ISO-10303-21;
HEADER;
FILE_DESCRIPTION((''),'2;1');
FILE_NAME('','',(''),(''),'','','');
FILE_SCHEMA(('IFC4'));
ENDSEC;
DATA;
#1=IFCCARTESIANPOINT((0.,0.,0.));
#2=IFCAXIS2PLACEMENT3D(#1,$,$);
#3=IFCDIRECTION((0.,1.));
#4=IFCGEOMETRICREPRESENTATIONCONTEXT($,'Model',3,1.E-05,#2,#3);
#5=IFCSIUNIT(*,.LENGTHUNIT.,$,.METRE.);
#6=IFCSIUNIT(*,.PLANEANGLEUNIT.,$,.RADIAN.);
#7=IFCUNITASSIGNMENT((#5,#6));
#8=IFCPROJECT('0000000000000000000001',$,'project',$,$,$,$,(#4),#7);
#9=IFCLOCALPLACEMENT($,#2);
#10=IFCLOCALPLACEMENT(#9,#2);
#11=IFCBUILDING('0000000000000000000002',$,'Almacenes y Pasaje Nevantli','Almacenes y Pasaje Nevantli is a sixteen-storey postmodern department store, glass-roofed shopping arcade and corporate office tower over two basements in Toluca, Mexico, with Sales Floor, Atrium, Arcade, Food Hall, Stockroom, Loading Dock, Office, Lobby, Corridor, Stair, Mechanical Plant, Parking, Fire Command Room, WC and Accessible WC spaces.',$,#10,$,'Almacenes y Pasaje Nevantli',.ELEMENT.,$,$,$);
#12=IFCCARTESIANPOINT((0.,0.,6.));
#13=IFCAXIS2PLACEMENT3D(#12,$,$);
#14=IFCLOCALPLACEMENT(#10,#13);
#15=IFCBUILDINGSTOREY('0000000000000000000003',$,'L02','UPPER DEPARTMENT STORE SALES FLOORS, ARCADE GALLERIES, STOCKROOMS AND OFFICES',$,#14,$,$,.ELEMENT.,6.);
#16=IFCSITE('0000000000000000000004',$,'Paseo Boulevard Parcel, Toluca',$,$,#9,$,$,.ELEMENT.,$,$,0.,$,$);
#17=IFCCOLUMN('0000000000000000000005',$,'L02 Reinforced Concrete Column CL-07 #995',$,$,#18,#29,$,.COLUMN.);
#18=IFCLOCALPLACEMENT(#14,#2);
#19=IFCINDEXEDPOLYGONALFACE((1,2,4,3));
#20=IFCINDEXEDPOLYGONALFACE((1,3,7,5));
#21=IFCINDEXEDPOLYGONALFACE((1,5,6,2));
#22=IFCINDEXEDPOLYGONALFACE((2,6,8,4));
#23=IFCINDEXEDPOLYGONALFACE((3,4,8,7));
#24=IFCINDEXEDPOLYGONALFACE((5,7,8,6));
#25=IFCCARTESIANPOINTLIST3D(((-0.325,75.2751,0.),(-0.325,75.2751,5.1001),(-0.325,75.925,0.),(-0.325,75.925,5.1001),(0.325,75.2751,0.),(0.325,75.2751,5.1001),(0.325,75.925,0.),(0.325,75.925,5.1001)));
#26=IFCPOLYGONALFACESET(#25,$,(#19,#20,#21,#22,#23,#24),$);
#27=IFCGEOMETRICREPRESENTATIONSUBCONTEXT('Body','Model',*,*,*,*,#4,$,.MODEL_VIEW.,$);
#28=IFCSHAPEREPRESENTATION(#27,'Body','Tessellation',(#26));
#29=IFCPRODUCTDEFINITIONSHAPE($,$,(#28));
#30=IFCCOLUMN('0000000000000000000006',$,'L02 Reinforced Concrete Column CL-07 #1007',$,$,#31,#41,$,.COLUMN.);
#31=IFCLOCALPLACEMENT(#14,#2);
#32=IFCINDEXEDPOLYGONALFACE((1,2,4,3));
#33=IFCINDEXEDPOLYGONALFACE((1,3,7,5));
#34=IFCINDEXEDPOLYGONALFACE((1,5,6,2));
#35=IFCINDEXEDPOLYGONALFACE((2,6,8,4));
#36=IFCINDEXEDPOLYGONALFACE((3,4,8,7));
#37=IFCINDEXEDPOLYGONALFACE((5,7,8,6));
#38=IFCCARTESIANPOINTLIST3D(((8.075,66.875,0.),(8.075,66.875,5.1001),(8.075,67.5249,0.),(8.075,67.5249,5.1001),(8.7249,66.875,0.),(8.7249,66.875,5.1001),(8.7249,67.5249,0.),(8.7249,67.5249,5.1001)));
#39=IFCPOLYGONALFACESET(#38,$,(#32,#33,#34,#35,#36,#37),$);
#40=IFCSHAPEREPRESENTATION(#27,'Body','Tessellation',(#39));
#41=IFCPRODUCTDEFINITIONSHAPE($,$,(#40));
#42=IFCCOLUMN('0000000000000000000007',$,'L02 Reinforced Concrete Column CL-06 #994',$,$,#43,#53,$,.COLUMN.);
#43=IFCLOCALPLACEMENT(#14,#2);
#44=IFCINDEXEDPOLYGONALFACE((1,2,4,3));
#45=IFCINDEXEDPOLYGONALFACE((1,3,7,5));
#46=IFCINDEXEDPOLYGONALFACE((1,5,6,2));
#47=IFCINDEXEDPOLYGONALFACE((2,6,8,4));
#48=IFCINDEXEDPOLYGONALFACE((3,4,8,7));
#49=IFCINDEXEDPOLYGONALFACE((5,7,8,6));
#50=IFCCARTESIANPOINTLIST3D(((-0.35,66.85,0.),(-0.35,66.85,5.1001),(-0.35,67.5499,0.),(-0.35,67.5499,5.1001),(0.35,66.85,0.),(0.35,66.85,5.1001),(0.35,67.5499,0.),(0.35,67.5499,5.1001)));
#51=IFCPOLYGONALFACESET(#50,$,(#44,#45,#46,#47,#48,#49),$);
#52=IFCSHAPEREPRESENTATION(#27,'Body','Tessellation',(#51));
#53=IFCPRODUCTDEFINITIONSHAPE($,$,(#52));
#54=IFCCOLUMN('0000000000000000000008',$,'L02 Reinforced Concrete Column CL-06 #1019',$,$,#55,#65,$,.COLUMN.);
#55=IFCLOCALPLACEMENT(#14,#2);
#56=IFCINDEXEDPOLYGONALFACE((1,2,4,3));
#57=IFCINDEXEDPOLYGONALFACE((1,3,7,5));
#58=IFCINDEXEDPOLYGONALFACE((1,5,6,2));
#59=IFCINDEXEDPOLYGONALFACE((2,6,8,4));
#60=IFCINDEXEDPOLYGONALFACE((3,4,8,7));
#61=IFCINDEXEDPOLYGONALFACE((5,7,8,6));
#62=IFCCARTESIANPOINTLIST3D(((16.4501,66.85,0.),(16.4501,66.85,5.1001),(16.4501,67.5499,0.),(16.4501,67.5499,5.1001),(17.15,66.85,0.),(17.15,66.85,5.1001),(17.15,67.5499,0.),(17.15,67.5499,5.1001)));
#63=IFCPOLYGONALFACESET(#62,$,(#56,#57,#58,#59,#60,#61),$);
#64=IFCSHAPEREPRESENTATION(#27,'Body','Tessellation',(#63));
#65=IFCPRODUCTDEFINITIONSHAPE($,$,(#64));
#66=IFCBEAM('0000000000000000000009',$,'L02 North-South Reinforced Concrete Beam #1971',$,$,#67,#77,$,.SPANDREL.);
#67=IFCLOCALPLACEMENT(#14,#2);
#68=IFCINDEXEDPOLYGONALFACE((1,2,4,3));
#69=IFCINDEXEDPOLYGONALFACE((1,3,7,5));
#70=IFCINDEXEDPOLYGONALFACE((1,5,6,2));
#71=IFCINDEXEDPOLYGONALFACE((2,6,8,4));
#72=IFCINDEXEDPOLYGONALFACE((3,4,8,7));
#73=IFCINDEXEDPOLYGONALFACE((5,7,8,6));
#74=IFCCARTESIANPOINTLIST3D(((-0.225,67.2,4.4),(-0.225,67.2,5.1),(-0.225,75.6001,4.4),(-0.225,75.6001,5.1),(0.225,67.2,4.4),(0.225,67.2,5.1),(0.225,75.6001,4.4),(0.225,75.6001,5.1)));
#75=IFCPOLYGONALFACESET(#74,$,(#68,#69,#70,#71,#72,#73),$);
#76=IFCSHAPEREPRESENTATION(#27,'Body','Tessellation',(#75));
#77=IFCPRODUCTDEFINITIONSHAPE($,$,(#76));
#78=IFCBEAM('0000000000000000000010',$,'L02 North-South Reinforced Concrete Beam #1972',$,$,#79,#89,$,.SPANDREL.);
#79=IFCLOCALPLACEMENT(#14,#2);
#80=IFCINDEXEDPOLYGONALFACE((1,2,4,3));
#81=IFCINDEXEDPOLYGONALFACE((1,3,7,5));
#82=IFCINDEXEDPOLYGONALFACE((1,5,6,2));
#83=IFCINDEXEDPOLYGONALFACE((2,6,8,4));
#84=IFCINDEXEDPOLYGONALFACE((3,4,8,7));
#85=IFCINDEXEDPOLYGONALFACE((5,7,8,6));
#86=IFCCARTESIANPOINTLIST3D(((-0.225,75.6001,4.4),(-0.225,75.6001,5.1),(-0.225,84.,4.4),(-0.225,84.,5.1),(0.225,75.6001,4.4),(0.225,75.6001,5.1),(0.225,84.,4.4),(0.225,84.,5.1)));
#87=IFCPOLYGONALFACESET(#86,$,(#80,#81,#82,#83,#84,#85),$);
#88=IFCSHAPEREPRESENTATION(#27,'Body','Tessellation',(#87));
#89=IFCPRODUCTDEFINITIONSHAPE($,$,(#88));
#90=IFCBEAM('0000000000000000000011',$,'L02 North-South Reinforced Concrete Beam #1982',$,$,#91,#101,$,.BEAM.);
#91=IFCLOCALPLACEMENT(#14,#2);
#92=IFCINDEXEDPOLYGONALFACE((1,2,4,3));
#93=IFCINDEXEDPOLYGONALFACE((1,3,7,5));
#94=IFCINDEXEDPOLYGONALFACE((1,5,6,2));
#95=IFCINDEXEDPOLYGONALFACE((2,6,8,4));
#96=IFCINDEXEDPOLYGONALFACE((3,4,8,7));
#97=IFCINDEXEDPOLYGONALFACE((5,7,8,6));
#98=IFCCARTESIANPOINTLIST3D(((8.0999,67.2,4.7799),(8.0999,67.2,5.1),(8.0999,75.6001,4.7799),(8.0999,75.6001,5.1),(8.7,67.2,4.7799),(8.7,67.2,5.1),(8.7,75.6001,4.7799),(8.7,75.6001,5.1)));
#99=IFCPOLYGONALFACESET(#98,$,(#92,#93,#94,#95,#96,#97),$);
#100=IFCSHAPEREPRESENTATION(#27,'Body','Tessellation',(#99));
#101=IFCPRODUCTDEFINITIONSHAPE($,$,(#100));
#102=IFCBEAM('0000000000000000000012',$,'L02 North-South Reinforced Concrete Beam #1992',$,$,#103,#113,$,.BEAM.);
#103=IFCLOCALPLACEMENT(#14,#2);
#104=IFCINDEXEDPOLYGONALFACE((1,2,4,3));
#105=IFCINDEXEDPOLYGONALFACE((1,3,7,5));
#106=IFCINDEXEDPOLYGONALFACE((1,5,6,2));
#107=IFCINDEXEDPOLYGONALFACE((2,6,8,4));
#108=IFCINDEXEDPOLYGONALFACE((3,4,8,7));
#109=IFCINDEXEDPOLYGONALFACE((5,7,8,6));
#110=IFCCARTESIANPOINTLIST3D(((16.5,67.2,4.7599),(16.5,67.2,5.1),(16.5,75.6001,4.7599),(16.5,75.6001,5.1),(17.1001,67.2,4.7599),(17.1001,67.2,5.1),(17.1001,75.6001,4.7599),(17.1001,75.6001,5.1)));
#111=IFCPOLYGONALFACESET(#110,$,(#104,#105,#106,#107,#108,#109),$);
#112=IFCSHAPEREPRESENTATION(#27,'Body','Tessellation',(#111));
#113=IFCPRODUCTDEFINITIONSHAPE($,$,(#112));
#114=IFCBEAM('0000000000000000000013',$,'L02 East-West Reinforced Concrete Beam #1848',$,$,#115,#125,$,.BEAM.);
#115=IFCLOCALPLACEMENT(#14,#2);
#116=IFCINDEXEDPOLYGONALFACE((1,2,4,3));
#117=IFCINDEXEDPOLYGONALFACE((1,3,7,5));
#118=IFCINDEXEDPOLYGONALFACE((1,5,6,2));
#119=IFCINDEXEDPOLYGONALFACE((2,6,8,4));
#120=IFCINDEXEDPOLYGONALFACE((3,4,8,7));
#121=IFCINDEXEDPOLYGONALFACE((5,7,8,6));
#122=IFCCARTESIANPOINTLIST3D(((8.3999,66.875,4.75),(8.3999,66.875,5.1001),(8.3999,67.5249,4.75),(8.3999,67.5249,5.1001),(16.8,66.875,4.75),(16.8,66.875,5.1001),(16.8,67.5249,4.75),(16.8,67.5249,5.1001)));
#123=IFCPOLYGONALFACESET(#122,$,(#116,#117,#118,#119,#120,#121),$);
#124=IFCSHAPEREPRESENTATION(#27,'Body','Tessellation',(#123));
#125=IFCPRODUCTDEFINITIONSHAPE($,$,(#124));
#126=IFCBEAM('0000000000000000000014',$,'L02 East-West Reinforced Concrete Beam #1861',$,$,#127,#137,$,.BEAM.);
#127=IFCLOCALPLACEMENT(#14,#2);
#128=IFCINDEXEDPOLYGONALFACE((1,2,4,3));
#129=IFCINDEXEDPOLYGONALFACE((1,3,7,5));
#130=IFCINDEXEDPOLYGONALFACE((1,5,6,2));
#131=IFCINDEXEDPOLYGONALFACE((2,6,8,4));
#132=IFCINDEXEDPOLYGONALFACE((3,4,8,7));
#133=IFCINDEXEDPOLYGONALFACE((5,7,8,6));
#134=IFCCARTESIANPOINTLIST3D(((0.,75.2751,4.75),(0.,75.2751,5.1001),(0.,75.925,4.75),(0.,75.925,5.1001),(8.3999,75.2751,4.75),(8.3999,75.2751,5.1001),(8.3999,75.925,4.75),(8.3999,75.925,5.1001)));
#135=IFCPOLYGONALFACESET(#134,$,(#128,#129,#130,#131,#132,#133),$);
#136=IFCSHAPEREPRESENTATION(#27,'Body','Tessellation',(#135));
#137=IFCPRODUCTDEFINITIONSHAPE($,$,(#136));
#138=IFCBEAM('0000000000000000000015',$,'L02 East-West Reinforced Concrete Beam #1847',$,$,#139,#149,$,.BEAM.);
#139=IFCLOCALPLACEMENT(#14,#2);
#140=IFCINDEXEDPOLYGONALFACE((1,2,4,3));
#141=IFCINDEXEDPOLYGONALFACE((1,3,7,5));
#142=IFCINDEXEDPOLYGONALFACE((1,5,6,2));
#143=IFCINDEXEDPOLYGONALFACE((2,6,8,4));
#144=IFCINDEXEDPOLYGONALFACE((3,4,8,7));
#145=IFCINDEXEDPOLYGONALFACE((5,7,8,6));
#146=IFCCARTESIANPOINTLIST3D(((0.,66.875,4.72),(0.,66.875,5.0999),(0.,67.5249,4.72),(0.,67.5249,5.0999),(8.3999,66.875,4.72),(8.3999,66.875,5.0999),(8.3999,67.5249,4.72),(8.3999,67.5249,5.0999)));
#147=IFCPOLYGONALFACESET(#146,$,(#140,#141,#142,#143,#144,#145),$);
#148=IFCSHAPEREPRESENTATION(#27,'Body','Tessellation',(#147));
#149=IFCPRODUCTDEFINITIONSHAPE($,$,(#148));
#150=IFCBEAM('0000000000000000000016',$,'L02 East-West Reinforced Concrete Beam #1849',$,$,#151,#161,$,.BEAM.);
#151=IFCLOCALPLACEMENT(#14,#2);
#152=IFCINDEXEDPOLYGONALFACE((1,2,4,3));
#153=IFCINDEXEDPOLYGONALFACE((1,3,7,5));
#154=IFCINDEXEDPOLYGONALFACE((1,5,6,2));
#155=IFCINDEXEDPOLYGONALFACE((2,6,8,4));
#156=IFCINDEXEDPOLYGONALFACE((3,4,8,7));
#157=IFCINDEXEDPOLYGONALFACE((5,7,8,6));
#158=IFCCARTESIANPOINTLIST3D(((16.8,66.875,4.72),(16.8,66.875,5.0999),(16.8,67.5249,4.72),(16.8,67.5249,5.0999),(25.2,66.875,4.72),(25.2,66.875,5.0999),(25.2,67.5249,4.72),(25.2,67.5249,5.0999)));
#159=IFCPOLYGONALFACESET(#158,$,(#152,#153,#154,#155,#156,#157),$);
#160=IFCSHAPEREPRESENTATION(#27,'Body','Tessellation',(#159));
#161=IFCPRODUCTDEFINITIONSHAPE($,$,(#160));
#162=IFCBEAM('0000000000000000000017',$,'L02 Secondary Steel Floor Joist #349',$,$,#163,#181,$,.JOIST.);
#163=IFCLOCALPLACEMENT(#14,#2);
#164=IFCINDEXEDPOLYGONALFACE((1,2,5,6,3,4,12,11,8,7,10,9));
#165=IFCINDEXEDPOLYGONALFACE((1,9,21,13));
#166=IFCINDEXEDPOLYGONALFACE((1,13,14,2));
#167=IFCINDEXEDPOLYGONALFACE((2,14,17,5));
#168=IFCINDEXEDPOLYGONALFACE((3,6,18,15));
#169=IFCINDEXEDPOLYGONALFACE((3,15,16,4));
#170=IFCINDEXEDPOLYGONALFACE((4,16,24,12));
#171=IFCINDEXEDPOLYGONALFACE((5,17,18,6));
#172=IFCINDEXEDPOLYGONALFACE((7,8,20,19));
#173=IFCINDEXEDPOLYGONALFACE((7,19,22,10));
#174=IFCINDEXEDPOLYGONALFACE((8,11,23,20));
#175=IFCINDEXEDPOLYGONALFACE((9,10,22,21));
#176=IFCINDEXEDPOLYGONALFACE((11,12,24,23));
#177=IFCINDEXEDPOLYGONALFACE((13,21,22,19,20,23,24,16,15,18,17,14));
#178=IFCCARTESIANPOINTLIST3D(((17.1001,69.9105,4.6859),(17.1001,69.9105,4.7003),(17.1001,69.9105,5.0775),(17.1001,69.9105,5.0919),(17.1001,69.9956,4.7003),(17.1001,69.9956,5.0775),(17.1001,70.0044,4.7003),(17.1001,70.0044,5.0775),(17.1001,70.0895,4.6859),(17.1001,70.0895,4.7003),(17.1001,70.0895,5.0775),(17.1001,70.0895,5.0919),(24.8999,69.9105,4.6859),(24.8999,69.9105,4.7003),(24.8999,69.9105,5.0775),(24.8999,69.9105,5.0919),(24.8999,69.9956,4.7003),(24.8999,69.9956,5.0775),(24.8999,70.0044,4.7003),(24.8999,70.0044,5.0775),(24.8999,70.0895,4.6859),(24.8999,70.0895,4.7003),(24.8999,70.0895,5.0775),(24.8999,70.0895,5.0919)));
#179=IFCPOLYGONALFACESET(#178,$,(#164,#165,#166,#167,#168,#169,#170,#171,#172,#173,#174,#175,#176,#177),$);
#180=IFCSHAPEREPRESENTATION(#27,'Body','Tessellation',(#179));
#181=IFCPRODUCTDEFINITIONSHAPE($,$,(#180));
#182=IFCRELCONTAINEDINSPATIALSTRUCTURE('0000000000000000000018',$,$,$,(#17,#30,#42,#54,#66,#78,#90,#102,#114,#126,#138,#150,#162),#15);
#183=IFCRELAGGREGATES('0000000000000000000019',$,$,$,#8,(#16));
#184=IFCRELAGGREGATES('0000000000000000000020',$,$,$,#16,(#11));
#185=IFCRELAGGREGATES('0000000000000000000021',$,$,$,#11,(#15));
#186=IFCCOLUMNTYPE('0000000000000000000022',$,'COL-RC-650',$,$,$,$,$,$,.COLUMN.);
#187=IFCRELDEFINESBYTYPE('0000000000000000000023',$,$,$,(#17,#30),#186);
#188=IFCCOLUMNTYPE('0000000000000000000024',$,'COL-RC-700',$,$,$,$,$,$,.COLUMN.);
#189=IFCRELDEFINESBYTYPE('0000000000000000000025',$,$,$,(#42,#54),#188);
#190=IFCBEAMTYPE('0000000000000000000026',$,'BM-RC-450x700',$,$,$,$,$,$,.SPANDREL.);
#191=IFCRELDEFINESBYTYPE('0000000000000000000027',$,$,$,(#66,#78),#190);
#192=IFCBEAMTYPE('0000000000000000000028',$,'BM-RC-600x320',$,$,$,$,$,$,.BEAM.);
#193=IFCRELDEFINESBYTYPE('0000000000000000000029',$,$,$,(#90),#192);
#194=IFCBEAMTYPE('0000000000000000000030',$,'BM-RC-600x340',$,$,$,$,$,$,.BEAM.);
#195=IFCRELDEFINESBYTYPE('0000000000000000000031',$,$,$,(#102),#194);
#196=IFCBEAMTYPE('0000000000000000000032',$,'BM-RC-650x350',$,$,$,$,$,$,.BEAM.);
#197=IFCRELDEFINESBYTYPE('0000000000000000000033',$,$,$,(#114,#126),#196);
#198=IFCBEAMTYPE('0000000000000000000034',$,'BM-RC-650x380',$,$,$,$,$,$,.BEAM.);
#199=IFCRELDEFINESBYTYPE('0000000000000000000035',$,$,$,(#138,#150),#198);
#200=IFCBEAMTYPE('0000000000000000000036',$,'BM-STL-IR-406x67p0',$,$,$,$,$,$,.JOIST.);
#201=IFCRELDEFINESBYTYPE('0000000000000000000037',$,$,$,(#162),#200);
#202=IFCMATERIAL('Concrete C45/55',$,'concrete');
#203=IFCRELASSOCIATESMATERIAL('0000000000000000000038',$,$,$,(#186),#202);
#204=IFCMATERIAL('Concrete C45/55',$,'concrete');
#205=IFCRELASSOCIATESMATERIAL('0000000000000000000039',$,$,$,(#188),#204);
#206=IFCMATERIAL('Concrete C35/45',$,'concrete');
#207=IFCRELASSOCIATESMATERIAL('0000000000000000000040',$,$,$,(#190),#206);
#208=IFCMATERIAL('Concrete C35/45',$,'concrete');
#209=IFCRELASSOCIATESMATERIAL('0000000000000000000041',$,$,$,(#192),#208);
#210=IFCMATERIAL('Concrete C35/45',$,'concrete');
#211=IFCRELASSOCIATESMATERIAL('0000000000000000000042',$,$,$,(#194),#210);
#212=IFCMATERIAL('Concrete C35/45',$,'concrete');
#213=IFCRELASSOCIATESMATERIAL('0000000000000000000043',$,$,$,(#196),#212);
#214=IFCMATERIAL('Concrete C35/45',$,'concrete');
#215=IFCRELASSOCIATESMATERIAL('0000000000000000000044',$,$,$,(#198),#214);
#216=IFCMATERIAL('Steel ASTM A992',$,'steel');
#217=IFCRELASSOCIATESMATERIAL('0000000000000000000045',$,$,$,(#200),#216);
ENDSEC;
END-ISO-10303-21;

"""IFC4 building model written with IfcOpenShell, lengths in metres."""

from ifc_helpers import new_model, si_unit, direction, frame, origin, origin_2d, place, context, subcontext, project, spatial, rectangle, i_section, extrude, material, material_profile, profile_set, type_object, element, save


model = new_model("IFC4")

# Units and contexts
model_context = context("Model", 3, precision=1e-05, world=origin(), true_north=direction((0.0, 1.0)))
body_context = subcontext(model_context, "Body", "Model", "MODEL_VIEW")
ifc_project = project(units=[si_unit("LENGTHUNIT", "METRE"), si_unit("PLANEANGLEUNIT", "RADIAN")], contexts=[model_context])

# Site, building, storey
site_placement = place(None, origin())
site = spatial("IfcSite", under=ifc_project, at=site_placement, Name="Paseo Boulevard Parcel, Toluca", CompositionType="ELEMENT", RefElevation=0.0)
building_placement = place(site_placement, origin())
building = spatial("IfcBuilding", under=site, at=building_placement, Name="Almacenes y Pasaje Nevantli", Description="Almacenes y Pasaje Nevantli is a sixteen-storey postmodern department store, glass-roofed shopping arcade and corporate office tower over two basements in Toluca, Mexico, with Sales Floor, Atrium, Arcade, Food Hall, Stockroom, Loading Dock, Office, Lobby, Corridor, Stair, Mechanical Plant, Parking, Fire Command Room, WC and Accessible WC spaces.", LongName="Almacenes y Pasaje Nevantli", CompositionType="ELEMENT")
storey_placement = place(building_placement, frame((0.0, 0.0, 6.0)))
storey = spatial("IfcBuildingStorey", under=building, at=storey_placement, Name="L02", Description="UPPER DEPARTMENT STORE SALES FLOORS, ARCADE GALLERIES, STOCKROOMS AND OFFICES", CompositionType="ELEMENT", Elevation=6.0)

# Columns
ifc_material_1 = material(Name="Concrete C45/55", Category="concrete")
ifc_material_profile_1 = material_profile(ifc_material_1, rectangle(XDim=0.6499, YDim=0.6499, at=origin_2d()), Name="RC-COL-650x650")
ifc_profile_set_1 = profile_set([ifc_material_profile_1], Name="Concrete C45/55")
column_type_1 = type_object("IfcColumnType", Name="COL-RC-650", PredefinedType="COLUMN", material=ifc_profile_set_1)
for number, where, z_axis, x_axis, name in (
    (1, (0.0, 75.6001, 0.0), (0.0, 0.0, 1.0), (1.0, 0.0, 0.0), "L02 Reinforced Concrete Column CL-07 #995"),
    (2, (8.3999, 67.2, 0.0), (0.0, 0.0, 1.0), (1.0, 0.0, 0.0), "L02 Reinforced Concrete Column CL-07 #1007"),
):
    element("IfcColumn", number, at=place(storey_placement, frame(where, z_axis=z_axis, x_axis=x_axis)), inside=storey, type_object=column_type_1, Name=name, PredefinedType="COLUMN", context=body_context, shape_type="SweptSolid", body=[
        extrude(rectangle(XDim=0.6499, YDim=0.6499, at=origin_2d()), origin(), (0.0, 0.0, 1.0), 5.1001),
    ])
ifc_material_2 = material(Name="Concrete C45/55", Category="concrete")
ifc_material_profile_2 = material_profile(ifc_material_2, rectangle(XDim=0.7, YDim=0.7, at=origin_2d()), Name="RC-COL-700x700")
ifc_profile_set_2 = profile_set([ifc_material_profile_2], Name="Concrete C45/55")
column_type_2 = type_object("IfcColumnType", Name="COL-RC-700", PredefinedType="COLUMN", material=ifc_profile_set_2)
for number, where, z_axis, x_axis, name in (
    (3, (0.0, 67.2, 0.0), (0.0, 0.0, 1.0), (1.0, 0.0, 0.0), "L02 Reinforced Concrete Column CL-06 #994"),
    (4, (16.8, 67.2, 0.0), (0.0, 0.0, 1.0), (1.0, 0.0, 0.0), "L02 Reinforced Concrete Column CL-06 #1019"),
):
    element("IfcColumn", number, at=place(storey_placement, frame(where, z_axis=z_axis, x_axis=x_axis)), inside=storey, type_object=column_type_2, Name=name, PredefinedType="COLUMN", context=body_context, shape_type="SweptSolid", body=[
        extrude(rectangle(XDim=0.7, YDim=0.7, at=origin_2d()), origin(), (0.0, 0.0, 1.0), 5.1001),
    ])

# Beams
ifc_material_3 = material(Name="Concrete C35/45", Category="concrete")
ifc_material_profile_3 = material_profile(ifc_material_3, rectangle(XDim=0.45, YDim=0.7, at=origin_2d()), Name="RC-BM-450x700")
ifc_profile_set_3 = profile_set([ifc_material_profile_3], Name="Concrete C35/45")
beam_type_1 = type_object("IfcBeamType", Name="BM-RC-450x700", PredefinedType="SPANDREL", material=ifc_profile_set_3)
beam_1_placement = place(storey_placement, frame((0.0, 67.2, 4.75), z_axis=(0.0, 1.0, 0.0), x_axis=(-1.0, 0.0, 0.0)))
element("IfcBeam", 5, at=beam_1_placement, inside=storey, type_object=beam_type_1, Name="L02 North-South Reinforced Concrete Beam #1971", PredefinedType="SPANDREL", context=body_context, shape_type="SweptSolid", body=[
    extrude(rectangle(XDim=0.45, YDim=0.7, at=origin_2d()), origin(), (0.0, 0.0, 1.0), 8.4001),
])
beam_2_placement = place(storey_placement, frame((0.0, 75.6001, 4.75), z_axis=(0.0, 1.0, 0.0), x_axis=(-1.0, 0.0, 0.0)))
element("IfcBeam", 6, at=beam_2_placement, inside=storey, type_object=beam_type_1, Name="L02 North-South Reinforced Concrete Beam #1972", PredefinedType="SPANDREL", context=body_context, shape_type="SweptSolid", body=[
    extrude(rectangle(XDim=0.45, YDim=0.7, at=origin_2d()), origin(), (0.0, 0.0, 1.0), 8.3999),
])
ifc_material_4 = material(Name="Concrete C35/45", Category="concrete")
ifc_material_profile_4 = material_profile(ifc_material_4, rectangle(XDim=0.6001, YDim=0.3201, at=origin_2d()), Name="RC-BM-600x320")
ifc_profile_set_4 = profile_set([ifc_material_profile_4], Name="Concrete C35/45")
beam_type_2 = type_object("IfcBeamType", Name="BM-RC-600x320", PredefinedType="BEAM", material=ifc_profile_set_4)
beam_3_placement = place(storey_placement, frame((8.3999, 67.2, 4.9399), z_axis=(0.0, 1.0, 0.0), x_axis=(-1.0, 0.0, 0.0)))
element("IfcBeam", 7, at=beam_3_placement, inside=storey, type_object=beam_type_2, Name="L02 North-South Reinforced Concrete Beam #1982", PredefinedType="BEAM", context=body_context, shape_type="SweptSolid", body=[
    extrude(rectangle(XDim=0.6001, YDim=0.3201, at=origin_2d()), origin(), (0.0, 0.0, 1.0), 8.4001),
])
ifc_material_5 = material(Name="Concrete C35/45", Category="concrete")
ifc_material_profile_5 = material_profile(ifc_material_5, rectangle(XDim=0.6001, YDim=0.3401, at=origin_2d()), Name="RC-BM-600x340")
ifc_profile_set_5 = profile_set([ifc_material_profile_5], Name="Concrete C35/45")
beam_type_3 = type_object("IfcBeamType", Name="BM-RC-600x340", PredefinedType="BEAM", material=ifc_profile_set_5)
beam_4_placement = place(storey_placement, frame((16.8, 67.2, 4.9299), z_axis=(0.0, 1.0, 0.0), x_axis=(-1.0, 0.0, 0.0)))
element("IfcBeam", 8, at=beam_4_placement, inside=storey, type_object=beam_type_3, Name="L02 North-South Reinforced Concrete Beam #1992", PredefinedType="BEAM", context=body_context, shape_type="SweptSolid", body=[
    extrude(rectangle(XDim=0.6001, YDim=0.3401, at=origin_2d()), origin(), (0.0, 0.0, 1.0), 8.4001),
])
ifc_material_6 = material(Name="Concrete C35/45", Category="concrete")
ifc_material_profile_6 = material_profile(ifc_material_6, rectangle(XDim=0.6499, YDim=0.3501, at=origin_2d()), Name="RC-BM-650x350")
ifc_profile_set_6 = profile_set([ifc_material_profile_6], Name="Concrete C35/45")
beam_type_4 = type_object("IfcBeamType", Name="BM-RC-650x350", PredefinedType="BEAM", material=ifc_profile_set_6)
beam_5_placement = place(storey_placement, frame((8.3999, 67.2, 4.925), z_axis=(1.0, 0.0, 0.0), x_axis=(0.0, 1.0, 0.0)))
element("IfcBeam", 9, at=beam_5_placement, inside=storey, type_object=beam_type_4, Name="L02 East-West Reinforced Concrete Beam #1848", PredefinedType="BEAM", context=body_context, shape_type="SweptSolid", body=[
    extrude(rectangle(XDim=0.6499, YDim=0.3501, at=origin_2d()), origin(), (0.0, 0.0, 1.0), 8.4001),
])
beam_6_placement = place(storey_placement, frame((0.0, 75.6001, 4.925), z_axis=(1.0, 0.0, 0.0), x_axis=(0.0, 1.0, 0.0)))
element("IfcBeam", 10, at=beam_6_placement, inside=storey, type_object=beam_type_4, Name="L02 East-West Reinforced Concrete Beam #1861", PredefinedType="BEAM", context=body_context, shape_type="SweptSolid", body=[
    extrude(rectangle(XDim=0.6499, YDim=0.3501, at=origin_2d()), origin(), (0.0, 0.0, 1.0), 8.3999),
])
ifc_material_7 = material(Name="Concrete C35/45", Category="concrete")
ifc_material_profile_7 = material_profile(ifc_material_7, rectangle(XDim=0.6499, YDim=0.3799, at=origin_2d()), Name="RC-BM-650x380")
ifc_profile_set_7 = profile_set([ifc_material_profile_7], Name="Concrete C35/45")
beam_type_5 = type_object("IfcBeamType", Name="BM-RC-650x380", PredefinedType="BEAM", material=ifc_profile_set_7)
for number, where, z_axis, x_axis, name in (
    (11, (0.0, 67.2, 4.9099), (1.0, 0.0, 0.0), (0.0, 1.0, 0.0), "L02 East-West Reinforced Concrete Beam #1847"),
    (12, (16.8, 67.2, 4.9099), (1.0, 0.0, 0.0), (0.0, 1.0, 0.0), "L02 East-West Reinforced Concrete Beam #1849"),
):
    element("IfcBeam", number, at=place(storey_placement, frame(where, z_axis=z_axis, x_axis=x_axis)), inside=storey, type_object=beam_type_5, Name=name, PredefinedType="BEAM", context=body_context, shape_type="SweptSolid", body=[
        extrude(rectangle(XDim=0.6499, YDim=0.3799, at=origin_2d()), origin(), (0.0, 0.0, 1.0), 8.3999),
    ])
ifc_material_8 = material(Name="Steel ASTM A992", Category="steel")
ifc_material_profile_8 = material_profile(ifc_material_8, i_section(OverallWidth=0.179, OverallDepth=0.406, WebThickness=0.0088, FlangeThickness=0.0144, at=origin_2d()), Name="IR 406x67.0")
ifc_profile_set_8 = profile_set([ifc_material_profile_8], Name="Steel ASTM A992")
beam_type_6 = type_object("IfcBeamType", Name="BM-STL-IR-406x67p0", PredefinedType="JOIST", material=ifc_profile_set_8)
for number, where, z_axis, x_axis, name in (
    (13, (17.1001, 70.0, 4.8889), (1.0, 0.0, 0.0), (0.0, 1.0, 0.0), "L02 Secondary Steel Floor Joist #349"),
):
    element("IfcBeam", number, at=place(storey_placement, frame(where, z_axis=z_axis, x_axis=x_axis)), inside=storey, type_object=beam_type_6, Name=name, PredefinedType="JOIST", context=body_context, shape_type="SweptSolid", body=[
        extrude(i_section(OverallWidth=0.179, OverallDepth=0.406, WebThickness=0.0088, FlangeThickness=0.0144, at=origin_2d()), origin(), (0.0, 0.0, 1.0), 7.7998),
    ])

save(model, "model.ifc")
